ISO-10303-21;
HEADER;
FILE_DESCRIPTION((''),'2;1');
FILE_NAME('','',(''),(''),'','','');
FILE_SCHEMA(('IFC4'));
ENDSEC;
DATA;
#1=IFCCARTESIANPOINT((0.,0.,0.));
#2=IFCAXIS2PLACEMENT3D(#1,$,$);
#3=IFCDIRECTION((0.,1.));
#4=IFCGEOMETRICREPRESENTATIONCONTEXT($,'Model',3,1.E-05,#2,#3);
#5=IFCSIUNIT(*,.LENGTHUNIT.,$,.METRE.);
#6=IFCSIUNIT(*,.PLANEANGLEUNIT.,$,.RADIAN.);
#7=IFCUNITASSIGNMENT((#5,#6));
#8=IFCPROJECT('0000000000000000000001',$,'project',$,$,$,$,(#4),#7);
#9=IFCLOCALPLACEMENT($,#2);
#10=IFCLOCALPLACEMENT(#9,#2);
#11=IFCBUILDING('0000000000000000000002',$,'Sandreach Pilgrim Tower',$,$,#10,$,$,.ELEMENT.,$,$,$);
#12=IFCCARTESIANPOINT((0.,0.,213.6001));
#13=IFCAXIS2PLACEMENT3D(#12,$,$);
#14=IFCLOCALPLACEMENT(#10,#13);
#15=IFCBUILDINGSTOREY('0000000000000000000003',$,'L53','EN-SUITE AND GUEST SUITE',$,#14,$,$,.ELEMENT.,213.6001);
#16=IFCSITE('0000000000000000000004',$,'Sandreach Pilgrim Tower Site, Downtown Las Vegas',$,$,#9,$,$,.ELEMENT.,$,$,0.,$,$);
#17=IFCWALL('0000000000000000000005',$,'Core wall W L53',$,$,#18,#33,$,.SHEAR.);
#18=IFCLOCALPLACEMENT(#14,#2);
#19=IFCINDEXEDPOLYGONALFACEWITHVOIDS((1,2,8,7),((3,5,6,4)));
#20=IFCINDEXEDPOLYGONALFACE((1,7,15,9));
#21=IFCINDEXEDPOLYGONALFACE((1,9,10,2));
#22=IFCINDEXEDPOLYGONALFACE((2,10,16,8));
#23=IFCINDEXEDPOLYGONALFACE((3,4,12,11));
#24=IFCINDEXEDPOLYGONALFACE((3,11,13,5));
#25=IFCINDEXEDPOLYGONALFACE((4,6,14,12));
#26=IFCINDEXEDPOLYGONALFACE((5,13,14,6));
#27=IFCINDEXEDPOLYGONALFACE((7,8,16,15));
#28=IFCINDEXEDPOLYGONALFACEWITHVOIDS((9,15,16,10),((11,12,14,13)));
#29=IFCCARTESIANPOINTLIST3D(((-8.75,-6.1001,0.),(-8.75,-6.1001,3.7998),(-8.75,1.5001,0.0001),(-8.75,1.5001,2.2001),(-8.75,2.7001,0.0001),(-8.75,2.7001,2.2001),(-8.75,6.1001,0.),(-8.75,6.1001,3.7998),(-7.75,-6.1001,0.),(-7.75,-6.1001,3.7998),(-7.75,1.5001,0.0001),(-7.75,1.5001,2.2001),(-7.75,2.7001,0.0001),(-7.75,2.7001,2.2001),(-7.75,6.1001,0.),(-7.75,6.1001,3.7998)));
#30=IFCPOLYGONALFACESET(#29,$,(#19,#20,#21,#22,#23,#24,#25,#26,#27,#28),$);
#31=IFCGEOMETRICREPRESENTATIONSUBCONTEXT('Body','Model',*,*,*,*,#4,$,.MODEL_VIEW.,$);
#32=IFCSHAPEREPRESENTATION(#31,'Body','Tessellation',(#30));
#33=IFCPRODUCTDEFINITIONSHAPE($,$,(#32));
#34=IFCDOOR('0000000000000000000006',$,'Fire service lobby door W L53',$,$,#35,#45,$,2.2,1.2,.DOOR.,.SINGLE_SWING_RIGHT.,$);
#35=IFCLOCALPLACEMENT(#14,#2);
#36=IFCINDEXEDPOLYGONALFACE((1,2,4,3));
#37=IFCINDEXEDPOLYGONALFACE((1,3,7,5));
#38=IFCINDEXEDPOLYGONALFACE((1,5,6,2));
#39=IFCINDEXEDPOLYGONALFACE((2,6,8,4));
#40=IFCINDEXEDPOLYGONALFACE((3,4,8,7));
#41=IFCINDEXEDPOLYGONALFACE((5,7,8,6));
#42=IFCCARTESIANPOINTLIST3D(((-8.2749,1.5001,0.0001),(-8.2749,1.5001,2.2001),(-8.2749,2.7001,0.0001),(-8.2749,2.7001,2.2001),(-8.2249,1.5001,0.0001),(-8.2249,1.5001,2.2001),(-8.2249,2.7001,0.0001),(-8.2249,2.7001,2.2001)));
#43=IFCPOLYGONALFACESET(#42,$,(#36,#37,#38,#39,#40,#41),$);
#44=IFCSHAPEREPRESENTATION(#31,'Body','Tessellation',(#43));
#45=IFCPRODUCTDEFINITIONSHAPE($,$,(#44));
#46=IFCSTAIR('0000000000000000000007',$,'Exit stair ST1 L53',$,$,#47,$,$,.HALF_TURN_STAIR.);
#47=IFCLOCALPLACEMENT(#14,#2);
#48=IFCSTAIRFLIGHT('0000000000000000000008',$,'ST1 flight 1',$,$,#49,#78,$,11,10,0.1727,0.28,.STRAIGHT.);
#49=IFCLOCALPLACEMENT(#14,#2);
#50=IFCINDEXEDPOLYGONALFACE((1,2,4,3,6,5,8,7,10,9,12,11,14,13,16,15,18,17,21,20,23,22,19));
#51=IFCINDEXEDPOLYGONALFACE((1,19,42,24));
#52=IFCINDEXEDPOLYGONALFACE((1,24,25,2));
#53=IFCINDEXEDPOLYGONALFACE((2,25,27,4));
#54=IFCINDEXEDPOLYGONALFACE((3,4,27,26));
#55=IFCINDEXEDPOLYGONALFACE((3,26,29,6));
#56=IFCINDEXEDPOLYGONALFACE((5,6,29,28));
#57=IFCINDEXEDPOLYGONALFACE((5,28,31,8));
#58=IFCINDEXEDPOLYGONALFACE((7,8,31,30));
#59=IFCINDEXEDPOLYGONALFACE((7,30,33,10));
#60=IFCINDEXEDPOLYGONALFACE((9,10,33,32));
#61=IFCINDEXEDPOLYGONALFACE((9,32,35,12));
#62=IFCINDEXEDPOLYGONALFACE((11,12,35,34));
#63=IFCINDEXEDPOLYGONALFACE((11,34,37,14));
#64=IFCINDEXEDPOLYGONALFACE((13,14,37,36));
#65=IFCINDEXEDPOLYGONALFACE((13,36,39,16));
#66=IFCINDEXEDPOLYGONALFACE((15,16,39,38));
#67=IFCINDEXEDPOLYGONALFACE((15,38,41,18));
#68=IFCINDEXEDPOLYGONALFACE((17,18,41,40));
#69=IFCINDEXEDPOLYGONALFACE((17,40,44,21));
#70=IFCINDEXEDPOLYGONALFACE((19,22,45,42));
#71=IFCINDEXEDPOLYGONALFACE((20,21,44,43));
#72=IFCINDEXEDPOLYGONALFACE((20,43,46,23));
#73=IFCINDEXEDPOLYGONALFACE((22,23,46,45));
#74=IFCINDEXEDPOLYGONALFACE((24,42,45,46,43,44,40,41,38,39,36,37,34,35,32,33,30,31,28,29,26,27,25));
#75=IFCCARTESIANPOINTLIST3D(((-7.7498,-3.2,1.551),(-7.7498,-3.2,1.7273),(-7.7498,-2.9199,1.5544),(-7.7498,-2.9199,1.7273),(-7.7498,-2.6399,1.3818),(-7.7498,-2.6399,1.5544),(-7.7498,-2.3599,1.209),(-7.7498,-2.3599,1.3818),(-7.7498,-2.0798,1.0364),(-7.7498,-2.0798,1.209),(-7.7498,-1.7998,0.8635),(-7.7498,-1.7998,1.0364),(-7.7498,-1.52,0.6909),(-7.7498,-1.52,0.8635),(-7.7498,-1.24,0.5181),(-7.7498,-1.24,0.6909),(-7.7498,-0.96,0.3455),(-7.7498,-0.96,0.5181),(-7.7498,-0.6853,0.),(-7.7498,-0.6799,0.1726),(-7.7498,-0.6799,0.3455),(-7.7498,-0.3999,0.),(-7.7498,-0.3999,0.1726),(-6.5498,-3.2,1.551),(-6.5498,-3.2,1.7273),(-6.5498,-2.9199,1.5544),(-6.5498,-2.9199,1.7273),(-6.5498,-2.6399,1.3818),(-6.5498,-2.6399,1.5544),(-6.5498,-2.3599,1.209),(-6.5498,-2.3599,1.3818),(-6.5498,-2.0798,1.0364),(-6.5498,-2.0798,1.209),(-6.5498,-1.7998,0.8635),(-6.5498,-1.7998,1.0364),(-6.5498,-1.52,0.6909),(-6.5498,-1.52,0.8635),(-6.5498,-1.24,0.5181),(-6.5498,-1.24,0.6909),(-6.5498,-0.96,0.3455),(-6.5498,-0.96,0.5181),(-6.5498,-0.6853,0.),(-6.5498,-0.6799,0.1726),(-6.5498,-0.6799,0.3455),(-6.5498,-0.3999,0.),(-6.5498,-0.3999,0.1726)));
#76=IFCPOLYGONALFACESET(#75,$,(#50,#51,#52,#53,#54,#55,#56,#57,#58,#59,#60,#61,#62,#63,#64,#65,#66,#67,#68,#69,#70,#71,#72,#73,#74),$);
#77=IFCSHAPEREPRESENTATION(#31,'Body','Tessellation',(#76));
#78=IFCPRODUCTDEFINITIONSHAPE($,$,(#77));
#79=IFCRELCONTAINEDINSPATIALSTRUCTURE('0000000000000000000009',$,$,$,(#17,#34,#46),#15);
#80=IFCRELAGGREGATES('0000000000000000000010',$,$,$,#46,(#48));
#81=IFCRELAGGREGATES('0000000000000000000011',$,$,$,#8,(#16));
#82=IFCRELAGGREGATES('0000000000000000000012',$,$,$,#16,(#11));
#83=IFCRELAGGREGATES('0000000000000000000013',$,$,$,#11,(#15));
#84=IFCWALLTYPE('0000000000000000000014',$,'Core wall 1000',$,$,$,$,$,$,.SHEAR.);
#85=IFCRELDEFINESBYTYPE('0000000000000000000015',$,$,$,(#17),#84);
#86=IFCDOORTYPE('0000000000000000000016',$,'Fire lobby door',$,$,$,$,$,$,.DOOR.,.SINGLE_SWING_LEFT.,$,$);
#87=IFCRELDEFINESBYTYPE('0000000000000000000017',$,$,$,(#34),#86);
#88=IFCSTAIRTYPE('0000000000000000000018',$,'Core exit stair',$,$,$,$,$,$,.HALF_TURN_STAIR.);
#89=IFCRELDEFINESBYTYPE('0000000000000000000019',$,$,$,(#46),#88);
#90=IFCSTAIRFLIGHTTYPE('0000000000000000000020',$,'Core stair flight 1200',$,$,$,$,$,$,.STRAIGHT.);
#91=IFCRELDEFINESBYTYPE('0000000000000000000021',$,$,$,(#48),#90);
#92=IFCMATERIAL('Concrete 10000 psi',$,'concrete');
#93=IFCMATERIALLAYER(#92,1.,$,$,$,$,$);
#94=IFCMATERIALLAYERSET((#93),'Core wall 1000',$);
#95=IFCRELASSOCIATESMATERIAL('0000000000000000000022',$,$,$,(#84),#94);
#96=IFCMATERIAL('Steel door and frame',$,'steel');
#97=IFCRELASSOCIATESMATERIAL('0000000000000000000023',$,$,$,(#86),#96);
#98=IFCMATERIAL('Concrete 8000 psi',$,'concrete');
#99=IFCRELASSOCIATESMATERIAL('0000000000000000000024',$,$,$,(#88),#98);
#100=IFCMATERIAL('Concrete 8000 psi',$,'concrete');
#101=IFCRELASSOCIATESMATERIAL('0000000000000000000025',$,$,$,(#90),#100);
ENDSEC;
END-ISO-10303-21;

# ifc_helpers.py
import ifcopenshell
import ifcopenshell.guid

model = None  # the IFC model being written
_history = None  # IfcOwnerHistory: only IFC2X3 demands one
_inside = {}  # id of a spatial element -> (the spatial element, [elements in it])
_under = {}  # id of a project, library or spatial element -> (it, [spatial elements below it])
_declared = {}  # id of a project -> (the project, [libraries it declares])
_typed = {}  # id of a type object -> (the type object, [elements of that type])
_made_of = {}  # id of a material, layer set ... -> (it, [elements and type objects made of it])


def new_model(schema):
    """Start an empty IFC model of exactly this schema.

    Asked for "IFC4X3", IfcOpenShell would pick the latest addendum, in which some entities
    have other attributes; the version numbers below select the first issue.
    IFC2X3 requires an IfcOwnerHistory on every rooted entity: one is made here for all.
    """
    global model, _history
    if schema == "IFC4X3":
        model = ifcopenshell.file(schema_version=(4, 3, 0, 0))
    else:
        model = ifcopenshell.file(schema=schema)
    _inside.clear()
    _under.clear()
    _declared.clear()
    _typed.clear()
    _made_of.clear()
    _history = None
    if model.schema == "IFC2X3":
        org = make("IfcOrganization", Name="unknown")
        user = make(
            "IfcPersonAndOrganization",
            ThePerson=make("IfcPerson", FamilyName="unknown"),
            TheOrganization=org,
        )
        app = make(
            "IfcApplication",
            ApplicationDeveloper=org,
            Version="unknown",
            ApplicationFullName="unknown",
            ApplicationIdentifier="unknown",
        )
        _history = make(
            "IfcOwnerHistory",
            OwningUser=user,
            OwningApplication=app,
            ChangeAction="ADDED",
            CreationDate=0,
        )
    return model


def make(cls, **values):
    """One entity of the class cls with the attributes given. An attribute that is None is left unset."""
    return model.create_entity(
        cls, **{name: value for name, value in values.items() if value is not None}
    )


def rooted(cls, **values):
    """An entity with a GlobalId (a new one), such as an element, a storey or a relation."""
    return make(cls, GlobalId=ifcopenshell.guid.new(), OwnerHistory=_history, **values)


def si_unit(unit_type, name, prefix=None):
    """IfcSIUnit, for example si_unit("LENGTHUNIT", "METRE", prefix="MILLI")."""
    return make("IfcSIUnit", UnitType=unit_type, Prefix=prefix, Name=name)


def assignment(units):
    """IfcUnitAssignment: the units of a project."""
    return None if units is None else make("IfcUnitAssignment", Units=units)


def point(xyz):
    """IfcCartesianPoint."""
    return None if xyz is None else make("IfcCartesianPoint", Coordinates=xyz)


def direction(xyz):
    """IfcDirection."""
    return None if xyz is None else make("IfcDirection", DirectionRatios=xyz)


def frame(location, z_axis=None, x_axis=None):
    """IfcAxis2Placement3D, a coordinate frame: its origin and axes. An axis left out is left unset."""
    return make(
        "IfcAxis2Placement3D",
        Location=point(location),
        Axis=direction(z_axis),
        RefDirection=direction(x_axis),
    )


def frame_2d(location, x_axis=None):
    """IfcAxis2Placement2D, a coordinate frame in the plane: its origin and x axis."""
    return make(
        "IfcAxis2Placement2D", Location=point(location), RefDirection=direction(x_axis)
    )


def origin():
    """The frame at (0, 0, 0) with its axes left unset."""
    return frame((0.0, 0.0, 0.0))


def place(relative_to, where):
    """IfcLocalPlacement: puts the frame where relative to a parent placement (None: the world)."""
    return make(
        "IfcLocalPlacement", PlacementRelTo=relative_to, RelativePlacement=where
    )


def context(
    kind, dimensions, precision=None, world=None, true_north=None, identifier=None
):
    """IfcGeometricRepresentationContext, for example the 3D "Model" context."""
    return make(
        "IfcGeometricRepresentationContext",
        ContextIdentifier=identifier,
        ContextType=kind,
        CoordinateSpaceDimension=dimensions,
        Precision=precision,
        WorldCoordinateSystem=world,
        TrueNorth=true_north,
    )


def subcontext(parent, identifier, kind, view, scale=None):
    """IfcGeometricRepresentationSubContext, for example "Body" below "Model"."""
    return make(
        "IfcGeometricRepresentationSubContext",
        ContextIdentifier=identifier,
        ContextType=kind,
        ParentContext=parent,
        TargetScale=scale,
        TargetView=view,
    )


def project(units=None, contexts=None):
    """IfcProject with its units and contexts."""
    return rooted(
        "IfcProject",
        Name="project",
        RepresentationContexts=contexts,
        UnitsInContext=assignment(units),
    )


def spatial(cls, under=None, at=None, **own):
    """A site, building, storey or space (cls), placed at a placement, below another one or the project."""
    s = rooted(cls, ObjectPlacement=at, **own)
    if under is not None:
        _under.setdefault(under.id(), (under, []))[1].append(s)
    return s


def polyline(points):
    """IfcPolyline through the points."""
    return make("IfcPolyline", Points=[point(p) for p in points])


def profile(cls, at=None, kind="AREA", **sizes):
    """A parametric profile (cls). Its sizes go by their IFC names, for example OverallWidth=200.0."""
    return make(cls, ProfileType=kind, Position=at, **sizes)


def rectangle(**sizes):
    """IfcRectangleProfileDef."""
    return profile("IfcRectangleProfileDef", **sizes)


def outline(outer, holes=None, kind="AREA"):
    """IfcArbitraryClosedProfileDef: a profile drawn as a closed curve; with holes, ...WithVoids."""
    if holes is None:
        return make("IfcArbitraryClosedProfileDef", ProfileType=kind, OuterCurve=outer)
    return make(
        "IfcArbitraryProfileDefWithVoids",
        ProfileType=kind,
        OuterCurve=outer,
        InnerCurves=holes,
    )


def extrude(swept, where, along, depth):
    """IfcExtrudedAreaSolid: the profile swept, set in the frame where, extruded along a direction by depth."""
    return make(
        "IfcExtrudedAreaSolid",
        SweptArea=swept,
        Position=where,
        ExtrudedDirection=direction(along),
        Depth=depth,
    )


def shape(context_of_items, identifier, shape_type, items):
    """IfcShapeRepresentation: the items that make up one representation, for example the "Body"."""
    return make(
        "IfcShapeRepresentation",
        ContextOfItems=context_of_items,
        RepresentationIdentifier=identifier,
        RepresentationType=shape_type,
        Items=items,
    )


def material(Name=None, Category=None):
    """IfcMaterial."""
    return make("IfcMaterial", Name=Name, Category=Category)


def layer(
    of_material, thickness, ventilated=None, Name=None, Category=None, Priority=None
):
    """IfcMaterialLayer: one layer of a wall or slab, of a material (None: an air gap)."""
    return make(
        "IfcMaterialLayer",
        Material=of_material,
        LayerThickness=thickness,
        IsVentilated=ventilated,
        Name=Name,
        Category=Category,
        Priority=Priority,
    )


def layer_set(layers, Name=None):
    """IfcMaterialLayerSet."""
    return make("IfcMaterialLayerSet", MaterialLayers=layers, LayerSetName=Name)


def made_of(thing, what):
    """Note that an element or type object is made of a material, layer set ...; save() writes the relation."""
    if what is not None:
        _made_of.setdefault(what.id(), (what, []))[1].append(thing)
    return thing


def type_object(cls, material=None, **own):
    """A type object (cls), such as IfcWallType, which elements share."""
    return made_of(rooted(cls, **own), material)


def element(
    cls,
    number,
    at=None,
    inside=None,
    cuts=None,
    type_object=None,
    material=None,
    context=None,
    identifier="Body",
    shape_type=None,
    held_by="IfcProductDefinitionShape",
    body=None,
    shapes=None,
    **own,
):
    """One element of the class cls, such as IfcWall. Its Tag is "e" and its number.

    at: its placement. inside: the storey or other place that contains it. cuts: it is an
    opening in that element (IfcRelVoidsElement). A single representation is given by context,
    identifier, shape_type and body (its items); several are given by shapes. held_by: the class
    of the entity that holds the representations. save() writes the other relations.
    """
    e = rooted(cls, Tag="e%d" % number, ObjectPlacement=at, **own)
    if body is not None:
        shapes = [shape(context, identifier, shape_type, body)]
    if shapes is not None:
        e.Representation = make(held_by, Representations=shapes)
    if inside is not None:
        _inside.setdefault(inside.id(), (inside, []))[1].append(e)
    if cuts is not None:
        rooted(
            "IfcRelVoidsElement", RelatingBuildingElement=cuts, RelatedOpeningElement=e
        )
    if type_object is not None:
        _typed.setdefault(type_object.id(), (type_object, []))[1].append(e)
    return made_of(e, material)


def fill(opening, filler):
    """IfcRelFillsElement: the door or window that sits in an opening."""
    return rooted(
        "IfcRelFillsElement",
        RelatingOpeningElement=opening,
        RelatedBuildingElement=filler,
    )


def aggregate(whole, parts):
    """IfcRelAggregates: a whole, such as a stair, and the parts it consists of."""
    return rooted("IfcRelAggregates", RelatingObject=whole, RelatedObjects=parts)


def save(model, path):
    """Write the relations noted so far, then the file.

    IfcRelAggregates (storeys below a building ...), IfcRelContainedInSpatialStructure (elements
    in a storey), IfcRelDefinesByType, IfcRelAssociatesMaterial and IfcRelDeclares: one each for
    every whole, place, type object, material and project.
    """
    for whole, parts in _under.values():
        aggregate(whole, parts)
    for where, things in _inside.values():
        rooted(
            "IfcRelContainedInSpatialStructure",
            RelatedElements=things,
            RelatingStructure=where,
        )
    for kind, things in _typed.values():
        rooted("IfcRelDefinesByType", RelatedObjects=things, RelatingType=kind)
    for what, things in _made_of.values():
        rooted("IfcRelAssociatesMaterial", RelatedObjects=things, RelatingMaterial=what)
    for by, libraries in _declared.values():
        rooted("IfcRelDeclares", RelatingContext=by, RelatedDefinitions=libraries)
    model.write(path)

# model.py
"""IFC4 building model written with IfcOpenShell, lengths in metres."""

from ifc_helpers import new_model, si_unit, direction, frame, frame_2d, origin, place, context, subcontext, project, spatial, polyline, rectangle, outline, extrude, material, layer, layer_set, type_object, element, fill, aggregate, save


model = new_model("IFC4")

# Units and contexts
model_context = context("Model", 3, precision=1e-05, world=origin(), true_north=direction((0.0, 1.0)))
body_context = subcontext(model_context, "Body", "Model", "MODEL_VIEW")
ifc_project = project(units=[si_unit("LENGTHUNIT", "METRE"), si_unit("PLANEANGLEUNIT", "RADIAN")], contexts=[model_context])

# Site, building, storey
site_placement = place(None, origin())
site = spatial("IfcSite", under=ifc_project, at=site_placement, Name="Sandreach Pilgrim Tower Site, Downtown Las Vegas", CompositionType="ELEMENT", RefElevation=0.0)
building_placement = place(site_placement, origin())
building = spatial("IfcBuilding", under=site, at=building_placement, Name="Sandreach Pilgrim Tower", CompositionType="ELEMENT")
storey_placement = place(building_placement, frame((0.0, 0.0, 213.6001)))
storey = spatial("IfcBuildingStorey", under=building, at=storey_placement, Name="L53", Description="EN-SUITE AND GUEST SUITE", CompositionType="ELEMENT", Elevation=213.6001)

# Shared definitions
ifc_material_1 = material(Name="Concrete 10000 psi", Category="concrete")
ifc_layer_1 = layer(ifc_material_1, 1.0)
ifc_layer_set_1 = layer_set([ifc_layer_1], Name="Core wall 1000")
wall_type_1 = type_object("IfcWallType", Name="Core wall 1000", PredefinedType="SHEAR", material=ifc_layer_set_1)

# Wall, opening, door
wall_1_placement = place(storey_placement, frame((-8.25, -6.1001, 0.0), z_axis=(0.0, 0.0, 1.0), x_axis=(0.0, 1.0, 0.0)))
wall_1 = element("IfcWall", 1, at=wall_1_placement, inside=storey, type_object=wall_type_1, Name="Core wall W L53", PredefinedType="SHEAR", context=body_context, shape_type="SweptSolid", body=[
    extrude(rectangle(XDim=12.2002, YDim=1.0, at=frame_2d((6.1001, 0.0))), origin(), (0.0, 0.0, 1.0), 3.7998),
])
opening_1_placement = place(wall_1_placement, frame((7.6001, 0.0, 0.0)))
opening_1 = element("IfcOpeningElement", 2, at=opening_1_placement, cuts=wall_1, PredefinedType="OPENING", context=body_context, shape_type="SweptSolid", body=[
    extrude(rectangle(XDim=1.2, YDim=2.2, at=frame_2d((0.6001, 1.1001))), frame((0.0, 0.5, 0.0), z_axis=(0.0, -1.0, 0.0), x_axis=(1.0, 0.0, 0.0)), (0.0, 0.0, 1.0), 1.0),
])
ifc_material_2 = material(Name="Steel door and frame", Category="steel")
door_type_1 = type_object("IfcDoorType", Name="Fire lobby door", OperationType="SINGLE_SWING_LEFT", PredefinedType="DOOR", material=ifc_material_2)
door_1_placement = place(opening_1_placement, origin())
door_1 = element("IfcDoor", 3, at=door_1_placement, inside=storey, type_object=door_type_1, Name="Fire service lobby door W L53", OperationType="SINGLE_SWING_RIGHT", OverallHeight=2.2, OverallWidth=1.2, PredefinedType="DOOR", context=body_context, shape_type="SweptSolid", body=[
    extrude(rectangle(XDim=1.2, YDim=2.2, at=frame_2d((0.6001, 1.1001))), frame((0.0, 0.0249, 0.0), z_axis=(0.0, -1.0, 0.0), x_axis=(1.0, 0.0, 0.0)), (0.0, 0.0, 1.0), 0.05),
])
fill(opening_1, door_1)

# Stair, stair flight
ifc_material_3 = material(Name="Concrete 8000 psi", Category="concrete")
stair_type = type_object("IfcStairType", Name="Core exit stair", PredefinedType="HALF_TURN_STAIR", material=ifc_material_3)
stair_placement = place(storey_placement, origin())
stair = element("IfcStair", 4, at=stair_placement, inside=storey, type_object=stair_type, Name="Exit stair ST1 L53", PredefinedType="HALF_TURN_STAIR")
ifc_material_4 = material(Name="Concrete 8000 psi", Category="concrete")
stair_flight_type = type_object("IfcStairFlightType", Name="Core stair flight 1200", PredefinedType="STRAIGHT", material=ifc_material_4)
stair_flight_placement = place(storey_placement, frame((-7.1499, -0.3999, 0.0), z_axis=(0.0, 0.0, 1.0), x_axis=(0.0, -1.0, 0.0)))
stair_flight = element("IfcStairFlight", 5, at=stair_flight_placement, type_object=stair_flight_type, Name="ST1 flight 1", NumberOfRisers=11, NumberOfTreads=10, PredefinedType="STRAIGHT", RiserHeight=0.1727, TreadLength=0.28, context=body_context, shape_type="SweptSolid", body=[
    extrude(outline(polyline([(0.0, 0.0), (0.0, 0.1726), (0.28, 0.1726), (0.28, 0.3455), (0.5601, 0.3455), (0.5601, 0.5181), (0.8401, 0.5181), (0.8401, 0.6909), (1.1201, 0.6909), (1.1201, 0.8635), (1.3999, 0.8635), (1.3999, 1.0364), (1.6799, 1.0364), (1.6799, 1.209), (1.96, 1.209), (1.96, 1.3818), (2.24, 1.3818), (2.24, 1.5544), (2.52, 1.5544), (2.52, 1.7273), (2.8, 1.7273), (2.8, 1.8999), (2.8, 1.551), (0.2854, 0.0), (0.0, 0.0)])), frame((0.0, 0.6001, 0.0), z_axis=(0.0, -1.0, 0.0), x_axis=(1.0, 0.0, 0.0)), (0.0, 0.0, 1.0), 1.2),
])
aggregate(stair, [stair_flight])

save(model, "model.ifc")
